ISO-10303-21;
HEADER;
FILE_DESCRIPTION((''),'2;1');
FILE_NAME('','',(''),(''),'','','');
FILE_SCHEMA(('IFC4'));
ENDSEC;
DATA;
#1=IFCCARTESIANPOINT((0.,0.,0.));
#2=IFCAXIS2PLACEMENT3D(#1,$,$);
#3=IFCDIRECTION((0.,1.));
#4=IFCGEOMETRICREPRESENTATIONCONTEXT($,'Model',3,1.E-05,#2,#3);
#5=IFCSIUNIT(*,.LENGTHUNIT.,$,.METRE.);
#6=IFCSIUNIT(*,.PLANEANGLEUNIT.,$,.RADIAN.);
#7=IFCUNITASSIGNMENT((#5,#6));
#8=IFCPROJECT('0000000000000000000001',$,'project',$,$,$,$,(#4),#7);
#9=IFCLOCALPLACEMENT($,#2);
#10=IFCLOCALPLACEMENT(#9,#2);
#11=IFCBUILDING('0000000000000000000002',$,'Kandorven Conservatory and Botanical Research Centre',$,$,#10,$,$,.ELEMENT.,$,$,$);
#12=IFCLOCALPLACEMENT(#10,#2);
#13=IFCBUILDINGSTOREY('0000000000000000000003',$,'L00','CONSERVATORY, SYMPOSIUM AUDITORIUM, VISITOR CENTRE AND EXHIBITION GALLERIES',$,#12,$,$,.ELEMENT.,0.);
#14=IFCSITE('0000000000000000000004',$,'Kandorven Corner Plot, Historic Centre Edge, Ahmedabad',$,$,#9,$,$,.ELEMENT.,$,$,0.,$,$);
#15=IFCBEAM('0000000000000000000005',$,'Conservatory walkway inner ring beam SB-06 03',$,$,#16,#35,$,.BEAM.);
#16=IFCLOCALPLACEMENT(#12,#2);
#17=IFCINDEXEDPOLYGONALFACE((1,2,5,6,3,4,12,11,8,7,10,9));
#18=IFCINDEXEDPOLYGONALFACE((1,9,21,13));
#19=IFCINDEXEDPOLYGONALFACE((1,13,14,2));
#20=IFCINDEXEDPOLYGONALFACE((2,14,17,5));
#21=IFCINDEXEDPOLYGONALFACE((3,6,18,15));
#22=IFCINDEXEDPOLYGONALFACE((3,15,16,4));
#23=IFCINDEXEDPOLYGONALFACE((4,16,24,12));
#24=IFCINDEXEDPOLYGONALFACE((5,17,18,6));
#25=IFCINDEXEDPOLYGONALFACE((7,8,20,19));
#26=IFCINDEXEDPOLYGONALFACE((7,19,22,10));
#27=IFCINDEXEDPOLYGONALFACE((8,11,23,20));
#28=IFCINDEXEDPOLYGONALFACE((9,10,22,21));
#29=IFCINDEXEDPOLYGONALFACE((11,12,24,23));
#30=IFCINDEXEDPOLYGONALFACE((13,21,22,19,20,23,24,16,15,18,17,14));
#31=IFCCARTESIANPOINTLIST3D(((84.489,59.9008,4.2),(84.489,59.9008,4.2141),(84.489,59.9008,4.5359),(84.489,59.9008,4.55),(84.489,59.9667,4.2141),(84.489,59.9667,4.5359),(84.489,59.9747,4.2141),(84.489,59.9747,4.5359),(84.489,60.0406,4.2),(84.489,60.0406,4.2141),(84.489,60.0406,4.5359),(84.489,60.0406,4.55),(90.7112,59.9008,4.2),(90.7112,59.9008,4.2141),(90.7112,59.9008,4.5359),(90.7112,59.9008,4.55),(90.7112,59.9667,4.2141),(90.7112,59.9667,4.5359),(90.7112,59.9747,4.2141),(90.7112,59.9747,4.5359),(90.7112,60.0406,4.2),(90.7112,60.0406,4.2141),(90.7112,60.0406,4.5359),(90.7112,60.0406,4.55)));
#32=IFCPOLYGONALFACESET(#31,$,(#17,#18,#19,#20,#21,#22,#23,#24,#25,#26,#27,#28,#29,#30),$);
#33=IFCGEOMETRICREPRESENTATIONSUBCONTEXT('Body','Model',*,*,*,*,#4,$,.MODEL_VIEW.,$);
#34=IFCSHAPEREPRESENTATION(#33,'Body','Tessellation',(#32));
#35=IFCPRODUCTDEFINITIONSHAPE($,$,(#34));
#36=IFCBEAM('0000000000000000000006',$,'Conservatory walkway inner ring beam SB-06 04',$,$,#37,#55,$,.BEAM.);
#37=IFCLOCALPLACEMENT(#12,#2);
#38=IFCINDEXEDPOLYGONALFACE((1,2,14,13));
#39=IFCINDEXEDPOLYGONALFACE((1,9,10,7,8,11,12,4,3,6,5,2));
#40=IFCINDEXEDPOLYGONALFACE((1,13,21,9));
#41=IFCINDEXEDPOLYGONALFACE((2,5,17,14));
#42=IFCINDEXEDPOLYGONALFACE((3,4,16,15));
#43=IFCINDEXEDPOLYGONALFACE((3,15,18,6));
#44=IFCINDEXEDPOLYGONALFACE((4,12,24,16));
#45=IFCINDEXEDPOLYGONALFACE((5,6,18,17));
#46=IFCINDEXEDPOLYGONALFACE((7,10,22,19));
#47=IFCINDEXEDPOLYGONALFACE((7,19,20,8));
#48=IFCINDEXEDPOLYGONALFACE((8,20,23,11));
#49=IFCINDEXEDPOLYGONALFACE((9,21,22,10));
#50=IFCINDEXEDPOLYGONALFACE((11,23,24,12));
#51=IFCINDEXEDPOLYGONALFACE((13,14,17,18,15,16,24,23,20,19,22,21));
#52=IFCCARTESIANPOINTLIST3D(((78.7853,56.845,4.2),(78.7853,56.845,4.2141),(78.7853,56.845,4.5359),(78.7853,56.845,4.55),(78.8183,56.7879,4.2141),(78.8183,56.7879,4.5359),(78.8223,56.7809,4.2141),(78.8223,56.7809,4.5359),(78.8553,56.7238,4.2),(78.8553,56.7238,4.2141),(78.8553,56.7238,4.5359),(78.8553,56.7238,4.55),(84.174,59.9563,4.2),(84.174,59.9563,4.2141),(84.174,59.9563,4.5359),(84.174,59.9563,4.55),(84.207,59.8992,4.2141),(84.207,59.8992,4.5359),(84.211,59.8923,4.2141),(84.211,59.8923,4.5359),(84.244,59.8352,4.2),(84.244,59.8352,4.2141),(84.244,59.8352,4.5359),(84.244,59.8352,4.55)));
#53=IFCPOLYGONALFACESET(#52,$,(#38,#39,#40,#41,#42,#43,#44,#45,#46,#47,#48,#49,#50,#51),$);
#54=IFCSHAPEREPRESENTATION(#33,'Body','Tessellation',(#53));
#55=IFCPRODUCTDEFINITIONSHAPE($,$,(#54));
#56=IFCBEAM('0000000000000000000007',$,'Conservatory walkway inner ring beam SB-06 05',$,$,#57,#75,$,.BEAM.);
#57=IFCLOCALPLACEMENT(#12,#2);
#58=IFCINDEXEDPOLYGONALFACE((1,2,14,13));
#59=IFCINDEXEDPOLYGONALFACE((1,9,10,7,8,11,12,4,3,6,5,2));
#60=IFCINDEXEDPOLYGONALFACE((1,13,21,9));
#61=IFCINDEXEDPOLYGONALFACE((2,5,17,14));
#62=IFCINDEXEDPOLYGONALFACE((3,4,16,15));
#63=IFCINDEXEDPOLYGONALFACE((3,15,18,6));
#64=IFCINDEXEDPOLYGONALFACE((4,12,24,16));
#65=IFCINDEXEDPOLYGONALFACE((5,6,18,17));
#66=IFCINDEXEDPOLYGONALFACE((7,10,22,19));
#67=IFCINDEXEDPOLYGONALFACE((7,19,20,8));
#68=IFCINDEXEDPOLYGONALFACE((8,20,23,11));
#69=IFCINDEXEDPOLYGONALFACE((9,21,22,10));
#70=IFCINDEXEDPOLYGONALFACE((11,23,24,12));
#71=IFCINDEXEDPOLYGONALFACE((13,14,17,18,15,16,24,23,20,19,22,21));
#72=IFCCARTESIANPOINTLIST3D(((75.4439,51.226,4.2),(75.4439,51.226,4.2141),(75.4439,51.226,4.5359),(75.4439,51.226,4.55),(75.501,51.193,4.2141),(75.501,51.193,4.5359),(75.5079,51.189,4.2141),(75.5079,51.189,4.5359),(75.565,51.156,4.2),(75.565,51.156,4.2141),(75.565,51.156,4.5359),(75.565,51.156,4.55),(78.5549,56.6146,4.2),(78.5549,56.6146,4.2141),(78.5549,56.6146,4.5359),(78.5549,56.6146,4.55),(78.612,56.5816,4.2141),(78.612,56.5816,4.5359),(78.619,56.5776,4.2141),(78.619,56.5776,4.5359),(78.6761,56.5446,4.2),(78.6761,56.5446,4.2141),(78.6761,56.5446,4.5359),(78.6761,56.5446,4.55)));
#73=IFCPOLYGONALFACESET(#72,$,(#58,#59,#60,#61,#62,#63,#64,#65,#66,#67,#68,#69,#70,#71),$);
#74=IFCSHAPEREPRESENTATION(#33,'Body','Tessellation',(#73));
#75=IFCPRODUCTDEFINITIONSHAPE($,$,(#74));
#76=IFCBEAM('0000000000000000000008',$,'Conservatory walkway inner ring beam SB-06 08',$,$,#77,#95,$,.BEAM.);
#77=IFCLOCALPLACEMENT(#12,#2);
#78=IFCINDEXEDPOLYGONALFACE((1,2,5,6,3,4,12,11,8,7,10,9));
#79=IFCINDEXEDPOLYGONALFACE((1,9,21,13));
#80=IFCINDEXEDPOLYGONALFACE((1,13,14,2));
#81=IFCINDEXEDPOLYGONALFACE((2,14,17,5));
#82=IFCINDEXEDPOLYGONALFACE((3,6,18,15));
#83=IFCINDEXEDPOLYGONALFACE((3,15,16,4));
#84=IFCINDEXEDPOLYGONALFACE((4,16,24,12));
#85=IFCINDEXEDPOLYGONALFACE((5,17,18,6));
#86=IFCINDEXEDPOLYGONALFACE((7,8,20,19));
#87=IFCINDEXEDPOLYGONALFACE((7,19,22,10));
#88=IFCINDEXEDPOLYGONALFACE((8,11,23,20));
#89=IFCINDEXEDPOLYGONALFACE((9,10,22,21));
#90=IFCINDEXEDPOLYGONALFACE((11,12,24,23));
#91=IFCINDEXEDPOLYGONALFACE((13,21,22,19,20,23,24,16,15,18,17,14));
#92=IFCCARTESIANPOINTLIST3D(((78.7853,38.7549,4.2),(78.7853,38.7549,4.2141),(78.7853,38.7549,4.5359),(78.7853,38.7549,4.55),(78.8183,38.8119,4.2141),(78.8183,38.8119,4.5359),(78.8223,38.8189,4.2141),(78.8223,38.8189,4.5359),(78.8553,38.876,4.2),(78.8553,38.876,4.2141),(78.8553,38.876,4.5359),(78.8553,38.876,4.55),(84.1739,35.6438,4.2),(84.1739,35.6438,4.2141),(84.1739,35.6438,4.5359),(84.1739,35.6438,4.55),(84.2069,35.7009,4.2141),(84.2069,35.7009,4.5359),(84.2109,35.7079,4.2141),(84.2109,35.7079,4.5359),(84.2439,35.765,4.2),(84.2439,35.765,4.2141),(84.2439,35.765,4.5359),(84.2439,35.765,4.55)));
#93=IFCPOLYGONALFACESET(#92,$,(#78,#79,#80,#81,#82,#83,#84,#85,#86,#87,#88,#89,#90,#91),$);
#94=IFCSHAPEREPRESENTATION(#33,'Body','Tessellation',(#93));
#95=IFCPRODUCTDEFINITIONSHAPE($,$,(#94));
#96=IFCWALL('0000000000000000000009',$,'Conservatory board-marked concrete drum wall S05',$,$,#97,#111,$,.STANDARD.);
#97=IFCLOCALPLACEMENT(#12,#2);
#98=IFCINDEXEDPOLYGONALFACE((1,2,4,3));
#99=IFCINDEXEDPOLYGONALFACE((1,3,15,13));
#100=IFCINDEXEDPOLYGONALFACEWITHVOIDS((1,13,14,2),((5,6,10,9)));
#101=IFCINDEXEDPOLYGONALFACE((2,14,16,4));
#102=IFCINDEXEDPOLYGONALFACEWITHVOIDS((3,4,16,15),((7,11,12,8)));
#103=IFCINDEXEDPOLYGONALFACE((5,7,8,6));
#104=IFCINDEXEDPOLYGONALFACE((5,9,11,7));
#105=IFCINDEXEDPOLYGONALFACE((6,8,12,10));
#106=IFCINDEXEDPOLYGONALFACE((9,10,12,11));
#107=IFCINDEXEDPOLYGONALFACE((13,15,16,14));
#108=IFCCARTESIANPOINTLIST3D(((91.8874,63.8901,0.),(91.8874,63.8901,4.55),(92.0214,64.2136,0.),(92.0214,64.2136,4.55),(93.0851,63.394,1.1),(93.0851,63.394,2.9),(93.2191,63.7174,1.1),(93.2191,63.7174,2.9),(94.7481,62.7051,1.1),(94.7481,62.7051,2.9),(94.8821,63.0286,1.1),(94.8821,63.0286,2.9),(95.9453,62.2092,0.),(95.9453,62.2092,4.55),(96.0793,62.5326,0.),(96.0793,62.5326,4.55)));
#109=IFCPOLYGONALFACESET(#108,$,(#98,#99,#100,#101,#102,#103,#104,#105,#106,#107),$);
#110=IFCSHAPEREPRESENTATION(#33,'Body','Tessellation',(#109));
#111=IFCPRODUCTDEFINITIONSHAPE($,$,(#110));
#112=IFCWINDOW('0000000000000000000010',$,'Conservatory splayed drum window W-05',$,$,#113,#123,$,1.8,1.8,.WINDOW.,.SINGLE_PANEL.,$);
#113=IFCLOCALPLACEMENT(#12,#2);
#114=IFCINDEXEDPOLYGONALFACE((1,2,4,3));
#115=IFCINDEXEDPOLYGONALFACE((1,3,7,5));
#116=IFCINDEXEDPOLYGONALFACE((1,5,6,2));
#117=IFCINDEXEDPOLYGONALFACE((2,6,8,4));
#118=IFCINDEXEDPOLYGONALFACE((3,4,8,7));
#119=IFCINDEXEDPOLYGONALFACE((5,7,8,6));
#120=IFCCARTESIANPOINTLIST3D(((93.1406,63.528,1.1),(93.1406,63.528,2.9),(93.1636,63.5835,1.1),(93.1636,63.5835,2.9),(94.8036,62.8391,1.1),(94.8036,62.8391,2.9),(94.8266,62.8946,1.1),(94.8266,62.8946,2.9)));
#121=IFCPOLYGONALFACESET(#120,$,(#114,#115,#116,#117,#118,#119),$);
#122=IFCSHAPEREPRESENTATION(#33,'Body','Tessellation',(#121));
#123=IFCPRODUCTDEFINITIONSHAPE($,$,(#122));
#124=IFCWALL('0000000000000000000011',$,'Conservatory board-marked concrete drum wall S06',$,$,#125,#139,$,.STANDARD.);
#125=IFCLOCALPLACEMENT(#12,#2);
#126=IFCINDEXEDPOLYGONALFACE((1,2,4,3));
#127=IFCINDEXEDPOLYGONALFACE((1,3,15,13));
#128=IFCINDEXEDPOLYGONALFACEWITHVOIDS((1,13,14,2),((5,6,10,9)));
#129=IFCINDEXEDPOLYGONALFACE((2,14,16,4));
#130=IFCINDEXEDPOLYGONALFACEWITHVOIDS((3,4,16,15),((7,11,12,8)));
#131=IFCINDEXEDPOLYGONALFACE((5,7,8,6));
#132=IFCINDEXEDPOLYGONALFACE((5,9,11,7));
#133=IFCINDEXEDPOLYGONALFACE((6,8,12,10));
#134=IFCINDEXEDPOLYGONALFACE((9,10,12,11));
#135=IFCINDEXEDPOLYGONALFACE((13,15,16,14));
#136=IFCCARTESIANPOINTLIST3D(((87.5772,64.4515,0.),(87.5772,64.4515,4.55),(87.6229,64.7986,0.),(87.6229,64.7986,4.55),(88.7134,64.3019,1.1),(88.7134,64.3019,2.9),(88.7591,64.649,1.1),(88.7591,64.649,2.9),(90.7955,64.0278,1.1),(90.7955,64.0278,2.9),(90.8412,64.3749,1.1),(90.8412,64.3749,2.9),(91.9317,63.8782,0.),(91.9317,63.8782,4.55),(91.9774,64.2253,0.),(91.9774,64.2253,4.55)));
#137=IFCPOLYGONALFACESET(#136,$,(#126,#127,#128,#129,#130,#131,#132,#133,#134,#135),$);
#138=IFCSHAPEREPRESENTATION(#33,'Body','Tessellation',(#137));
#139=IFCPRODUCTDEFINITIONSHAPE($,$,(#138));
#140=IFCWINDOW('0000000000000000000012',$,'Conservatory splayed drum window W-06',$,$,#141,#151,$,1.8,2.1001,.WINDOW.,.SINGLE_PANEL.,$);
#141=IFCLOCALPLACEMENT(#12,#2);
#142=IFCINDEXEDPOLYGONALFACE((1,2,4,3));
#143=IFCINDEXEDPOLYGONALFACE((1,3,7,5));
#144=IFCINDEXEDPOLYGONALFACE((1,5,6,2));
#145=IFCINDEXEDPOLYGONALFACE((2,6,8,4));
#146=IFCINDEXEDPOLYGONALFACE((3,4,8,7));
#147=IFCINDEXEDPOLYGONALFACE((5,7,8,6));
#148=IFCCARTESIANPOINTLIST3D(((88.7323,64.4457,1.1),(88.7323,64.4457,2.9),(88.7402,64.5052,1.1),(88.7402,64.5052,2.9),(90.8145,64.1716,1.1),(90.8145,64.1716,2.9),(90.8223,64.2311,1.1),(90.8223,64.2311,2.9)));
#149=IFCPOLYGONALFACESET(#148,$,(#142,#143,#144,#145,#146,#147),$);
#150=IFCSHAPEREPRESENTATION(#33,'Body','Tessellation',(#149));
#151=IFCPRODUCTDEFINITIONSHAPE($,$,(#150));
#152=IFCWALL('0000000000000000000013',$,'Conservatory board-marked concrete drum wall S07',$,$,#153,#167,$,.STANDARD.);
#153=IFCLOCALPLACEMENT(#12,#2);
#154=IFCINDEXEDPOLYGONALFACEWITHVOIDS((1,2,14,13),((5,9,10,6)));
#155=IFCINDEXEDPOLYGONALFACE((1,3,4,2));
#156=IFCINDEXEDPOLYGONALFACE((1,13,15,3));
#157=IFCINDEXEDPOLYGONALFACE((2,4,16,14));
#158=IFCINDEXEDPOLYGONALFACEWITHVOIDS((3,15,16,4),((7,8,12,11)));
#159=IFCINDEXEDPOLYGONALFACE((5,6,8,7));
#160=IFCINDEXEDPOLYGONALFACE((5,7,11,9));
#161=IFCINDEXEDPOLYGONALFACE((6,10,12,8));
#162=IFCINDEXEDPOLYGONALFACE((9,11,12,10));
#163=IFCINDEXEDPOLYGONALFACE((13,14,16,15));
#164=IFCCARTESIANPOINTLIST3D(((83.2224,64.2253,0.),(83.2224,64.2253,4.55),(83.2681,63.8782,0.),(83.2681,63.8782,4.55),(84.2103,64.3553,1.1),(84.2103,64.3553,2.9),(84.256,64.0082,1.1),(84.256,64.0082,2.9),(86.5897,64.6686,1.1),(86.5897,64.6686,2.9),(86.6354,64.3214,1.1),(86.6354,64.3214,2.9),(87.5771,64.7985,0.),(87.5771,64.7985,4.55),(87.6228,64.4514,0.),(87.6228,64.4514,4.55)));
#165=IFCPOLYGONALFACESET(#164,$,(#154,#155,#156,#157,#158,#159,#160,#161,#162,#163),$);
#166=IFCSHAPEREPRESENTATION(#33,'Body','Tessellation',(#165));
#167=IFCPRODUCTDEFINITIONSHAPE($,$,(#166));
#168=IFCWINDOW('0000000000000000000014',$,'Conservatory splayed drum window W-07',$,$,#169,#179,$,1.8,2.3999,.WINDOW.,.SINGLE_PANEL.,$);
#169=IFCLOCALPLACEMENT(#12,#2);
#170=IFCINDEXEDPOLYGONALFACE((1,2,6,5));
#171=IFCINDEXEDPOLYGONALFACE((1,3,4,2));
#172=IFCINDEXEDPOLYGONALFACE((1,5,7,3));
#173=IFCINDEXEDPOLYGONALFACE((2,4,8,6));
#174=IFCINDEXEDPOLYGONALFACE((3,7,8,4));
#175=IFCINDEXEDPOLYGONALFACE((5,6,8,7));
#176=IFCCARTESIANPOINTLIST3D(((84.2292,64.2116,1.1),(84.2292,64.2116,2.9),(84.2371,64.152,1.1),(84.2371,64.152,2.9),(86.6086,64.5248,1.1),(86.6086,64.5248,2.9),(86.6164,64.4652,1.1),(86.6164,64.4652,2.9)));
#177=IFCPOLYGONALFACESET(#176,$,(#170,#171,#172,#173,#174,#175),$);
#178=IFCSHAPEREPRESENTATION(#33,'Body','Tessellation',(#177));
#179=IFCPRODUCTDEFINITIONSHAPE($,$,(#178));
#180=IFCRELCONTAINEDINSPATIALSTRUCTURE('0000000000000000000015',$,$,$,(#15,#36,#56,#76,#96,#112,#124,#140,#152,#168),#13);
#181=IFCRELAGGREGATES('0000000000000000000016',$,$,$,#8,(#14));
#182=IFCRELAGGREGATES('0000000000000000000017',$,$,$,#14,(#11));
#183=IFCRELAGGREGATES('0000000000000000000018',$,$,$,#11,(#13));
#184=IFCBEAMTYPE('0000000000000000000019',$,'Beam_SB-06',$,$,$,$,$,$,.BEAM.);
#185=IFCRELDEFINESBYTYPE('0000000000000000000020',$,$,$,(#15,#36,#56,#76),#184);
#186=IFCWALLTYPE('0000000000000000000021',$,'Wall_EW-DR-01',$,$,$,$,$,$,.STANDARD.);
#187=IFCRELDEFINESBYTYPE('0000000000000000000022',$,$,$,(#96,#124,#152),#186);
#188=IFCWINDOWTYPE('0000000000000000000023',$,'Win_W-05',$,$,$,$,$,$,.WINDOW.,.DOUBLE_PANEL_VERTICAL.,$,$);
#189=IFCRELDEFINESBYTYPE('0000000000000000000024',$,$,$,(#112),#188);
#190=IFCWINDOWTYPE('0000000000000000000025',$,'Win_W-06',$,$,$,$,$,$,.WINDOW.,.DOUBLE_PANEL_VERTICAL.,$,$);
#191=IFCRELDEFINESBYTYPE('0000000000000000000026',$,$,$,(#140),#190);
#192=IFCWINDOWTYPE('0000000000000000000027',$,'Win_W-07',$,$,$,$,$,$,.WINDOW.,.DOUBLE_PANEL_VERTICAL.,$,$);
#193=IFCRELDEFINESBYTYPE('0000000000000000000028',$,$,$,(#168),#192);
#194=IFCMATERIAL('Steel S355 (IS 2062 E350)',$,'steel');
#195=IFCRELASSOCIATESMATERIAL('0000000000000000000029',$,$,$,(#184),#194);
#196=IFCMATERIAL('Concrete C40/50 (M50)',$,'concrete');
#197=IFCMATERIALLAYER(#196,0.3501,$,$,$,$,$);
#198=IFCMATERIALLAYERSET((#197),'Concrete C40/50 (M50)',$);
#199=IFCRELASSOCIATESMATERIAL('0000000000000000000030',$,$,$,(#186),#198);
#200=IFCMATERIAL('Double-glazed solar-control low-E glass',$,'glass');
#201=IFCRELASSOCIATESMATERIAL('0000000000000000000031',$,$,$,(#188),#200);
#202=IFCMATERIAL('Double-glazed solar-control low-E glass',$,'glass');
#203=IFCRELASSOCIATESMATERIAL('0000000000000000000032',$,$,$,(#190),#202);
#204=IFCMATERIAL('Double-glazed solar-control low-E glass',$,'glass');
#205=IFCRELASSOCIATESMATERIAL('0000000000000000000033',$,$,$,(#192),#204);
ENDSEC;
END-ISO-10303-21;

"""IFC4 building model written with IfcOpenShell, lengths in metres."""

from ifc_helpers import new_model, si_unit, direction, frame, frame_2d, origin, origin_2d, place, context, subcontext, project, spatial, rectangle, i_section, extrude, material, layer, layer_set, material_profile, profile_set, type_object, element, fill, save


model = new_model("IFC4")

# Units and contexts
model_context = context("Model", 3, precision=1e-05, world=origin(), true_north=direction((0.0, 1.0)))
body_context = subcontext(model_context, "Body", "Model", "MODEL_VIEW")
ifc_project = project(units=[si_unit("LENGTHUNIT", "METRE"), si_unit("PLANEANGLEUNIT", "RADIAN")], contexts=[model_context])

# Site, building, storey
site_placement = place(None, origin())
site = spatial("IfcSite", under=ifc_project, at=site_placement, Name="Kandorven Corner Plot, Historic Centre Edge, Ahmedabad", CompositionType="ELEMENT", RefElevation=0.0)
building_placement = place(site_placement, origin())
building = spatial("IfcBuilding", under=site, at=building_placement, Name="Kandorven Conservatory and Botanical Research Centre", CompositionType="ELEMENT")
storey_placement = place(building_placement, origin())
storey = spatial("IfcBuildingStorey", under=building, at=storey_placement, Name="L00", Description="CONSERVATORY, SYMPOSIUM AUDITORIUM, VISITOR CENTRE AND EXHIBITION GALLERIES", CompositionType="ELEMENT", Elevation=0.0)

# Beams
ifc_material_1 = material(Name="Steel S355 (IS 2062 E350)", Category="steel")
ifc_material_profile_1 = material_profile(ifc_material_1, i_section(OverallWidth=0.1399, OverallDepth=0.3501, WebThickness=0.0081, FlangeThickness=0.0142, at=origin_2d()))
ifc_profile_set_1 = profile_set([ifc_material_profile_1], Name="Steel S355 (IS 2062 E350)")
beam_type_1 = type_object("IfcBeamType", Name="Beam_SB-06", PredefinedType="BEAM", material=ifc_profile_set_1)
beam_1_placement = place(storey_placement, frame((90.7112, 59.9707, 4.375), z_axis=(-1.0, 0.0, 0.0), x_axis=(0.0, -1.0, 0.0)))
element("IfcBeam", 1, at=beam_1_placement, inside=storey, type_object=beam_type_1, Name="Conservatory walkway inner ring beam SB-06 03", PredefinedType="BEAM", context=body_context, shape_type="SweptSolid", body=[
    extrude(i_section(OverallWidth=0.1399, OverallDepth=0.3501, WebThickness=0.0081, FlangeThickness=0.0142, at=origin_2d()), origin(), (0.0, 0.0, 1.0), 6.2222),
])
beam_2_placement = place(storey_placement, frame((84.209, 59.8958, 4.375), z_axis=(-0.866013, -0.500021, 0.0), x_axis=(0.500021, -0.866013, 0.0)))
element("IfcBeam", 2, at=beam_2_placement, inside=storey, type_object=beam_type_1, Name="Conservatory walkway inner ring beam SB-06 04", PredefinedType="BEAM", context=body_context, shape_type="SweptSolid", body=[
    extrude(i_section(OverallWidth=0.1399, OverallDepth=0.3501, WebThickness=0.0081, FlangeThickness=0.0142, at=origin_2d()), origin(), (0.0, 0.0, 1.0), 6.2224),
])
for number, where, z_axis, x_axis, name in (
    (3, (78.6155, 56.5796, 4.375), (-0.499992, -0.86603, 0.0), (0.86603, -0.499992, 0.0), "Conservatory walkway inner ring beam SB-06 05"),
    (4, (78.8203, 38.8154, 4.375), (0.86603, -0.499992, 0.0), (0.499992, 0.86603, 0.0), "Conservatory walkway inner ring beam SB-06 08"),
):
    element("IfcBeam", number, at=place(storey_placement, frame(where, z_axis=z_axis, x_axis=x_axis)), inside=storey, type_object=beam_type_1, Name=name, PredefinedType="BEAM", context=body_context, shape_type="SweptSolid", body=[
        extrude(i_section(OverallWidth=0.1399, OverallDepth=0.3501, WebThickness=0.0081, FlangeThickness=0.0142, at=origin_2d()), origin(), (0.0, 0.0, 1.0), 6.2222),
    ])

# Walls, openings, windows
ifc_material_2 = material(Name="Concrete C40/50 (M50)", Category="concrete")
ifc_layer = layer(ifc_material_2, 0.3501)
ifc_layer_set = layer_set([ifc_layer], Name="Concrete C40/50 (M50)")
wall_type = type_object("IfcWallType", Name="Wall_EW-DR-01", PredefinedType="STANDARD", material=ifc_layer_set)
wall_1_placement = place(storey_placement, frame((96.0125, 62.3708, 0.0), z_axis=(0.0, 0.0, 1.0), x_axis=(-0.923873, 0.3827, 0.0)))
wall_1 = element("IfcWall", 5, at=wall_1_placement, inside=storey, type_object=wall_type, Name="Conservatory board-marked concrete drum wall S05", PredefinedType="STANDARD", context=body_context, shape_type="SweptSolid", body=[
    extrude(rectangle(XDim=4.3923, YDim=0.3501, at=frame_2d((2.1963, 0.0))), origin(), (0.0, 0.0, 1.0), 4.55),
])
opening_1_placement = place(wall_1_placement, frame((1.2961, 0.0, 1.1001)))
opening_1 = element("IfcOpeningElement", 6, at=opening_1_placement, cuts=wall_1, PredefinedType="OPENING", context=body_context, shape_type="SweptSolid", body=[
    extrude(rectangle(XDim=1.8, YDim=1.8, at=frame_2d((0.8999, 0.8999))), frame((0.0, 0.1851, 0.0), z_axis=(0.0, -1.0, 0.0), x_axis=(1.0, 0.0, 0.0)), (0.0, 0.0, 1.0), 0.3701),
])
ifc_material_3 = material(Name="Double-glazed solar-control low-E glass", Category="glass")
window_type_1 = type_object("IfcWindowType", Name="Win_W-05", PartitioningType="DOUBLE_PANEL_VERTICAL", PredefinedType="WINDOW", material=ifc_material_3)
window_1_placement = place(opening_1_placement, origin())
window_1 = element("IfcWindow", 7, at=window_1_placement, inside=storey, type_object=window_type_1, Name="Conservatory splayed drum window W-05", OverallHeight=1.8, OverallWidth=1.8, PartitioningType="SINGLE_PANEL", PredefinedType="WINDOW", context=body_context, shape_type="SweptSolid", body=[
    extrude(rectangle(XDim=1.8, YDim=1.8, at=frame_2d((0.8999, 0.8999))), frame((0.0, 0.03, 0.0), z_axis=(0.0, -1.0, 0.0), x_axis=(1.0, 0.0, 0.0)), (0.0, 0.0, 1.0), 0.0601),
])
fill(opening_1, window_1)
wall_2_placement = place(storey_placement, frame((91.9546, 64.0518, 0.0), z_axis=(0.0, 0.0, 1.0), x_axis=(-0.991446, 0.130518, 0.0)))
wall_2 = element("IfcWall", 8, at=wall_2_placement, inside=storey, type_object=wall_type, Name="Conservatory board-marked concrete drum wall S06", PredefinedType="STANDARD", context=body_context, shape_type="SweptSolid", body=[
    extrude(rectangle(XDim=4.3921, YDim=0.3501, at=frame_2d((2.196, 0.0))), origin(), (0.0, 0.0, 1.0), 4.55),
])
opening_2_placement = place(wall_2_placement, frame((1.146, 0.0, 1.1001)))
opening_2 = element("IfcOpeningElement", 9, at=opening_2_placement, cuts=wall_2, PredefinedType="OPENING", context=body_context, shape_type="SweptSolid", body=[
    extrude(rectangle(XDim=2.1001, YDim=1.8, at=frame_2d((1.05, 0.8999))), frame((0.0, 0.1851, 0.0), z_axis=(0.0, -1.0, 0.0), x_axis=(1.0, 0.0, 0.0)), (0.0, 0.0, 1.0), 0.3701),
])
ifc_material_4 = material(Name="Double-glazed solar-control low-E glass", Category="glass")
window_type_2 = type_object("IfcWindowType", Name="Win_W-06", PartitioningType="DOUBLE_PANEL_VERTICAL", PredefinedType="WINDOW", material=ifc_material_4)
window_2_placement = place(opening_2_placement, origin())
window_2 = element("IfcWindow", 10, at=window_2_placement, inside=storey, type_object=window_type_2, Name="Conservatory splayed drum window W-06", OverallHeight=1.8, OverallWidth=2.1001, PartitioningType="SINGLE_PANEL", PredefinedType="WINDOW", context=body_context, shape_type="SweptSolid", body=[
    extrude(rectangle(XDim=2.1001, YDim=1.8, at=frame_2d((1.05, 0.8999))), frame((0.0, 0.03, 0.0), z_axis=(0.0, -1.0, 0.0), x_axis=(1.0, 0.0, 0.0)), (0.0, 0.0, 1.0), 0.0601),
])
fill(opening_2, window_2)
wall_3_placement = place(storey_placement, frame((87.6001, 64.625, 0.0), z_axis=(0.0, 0.0, 1.0), x_axis=(-0.991447, -0.130511, 0.0)))
wall_3 = element("IfcWall", 11, at=wall_3_placement, inside=storey, type_object=wall_type, Name="Conservatory board-marked concrete drum wall S07", PredefinedType="STANDARD", context=body_context, shape_type="SweptSolid", body=[
    extrude(rectangle(XDim=4.3923, YDim=0.3501, at=frame_2d((2.1963, 0.0))), origin(), (0.0, 0.0, 1.0), 4.55),
])
opening_3_placement = place(wall_3_placement, frame((0.9961, 0.0, 1.1001)))
opening_3 = element("IfcOpeningElement", 12, at=opening_3_placement, cuts=wall_3, PredefinedType="OPENING", context=body_context, shape_type="SweptSolid", body=[
    extrude(rectangle(XDim=2.3999, YDim=1.8, at=frame_2d((1.2, 0.8999))), frame((0.0, 0.1851, 0.0), z_axis=(0.0, -1.0, 0.0), x_axis=(1.0, 0.0, 0.0)), (0.0, 0.0, 1.0), 0.3701),
])
ifc_material_5 = material(Name="Double-glazed solar-control low-E glass", Category="glass")
window_type_3 = type_object("IfcWindowType", Name="Win_W-07", PartitioningType="DOUBLE_PANEL_VERTICAL", PredefinedType="WINDOW", material=ifc_material_5)
window_3_placement = place(opening_3_placement, origin())
window_3 = element("IfcWindow", 13, at=window_3_placement, inside=storey, type_object=window_type_3, Name="Conservatory splayed drum window W-07", OverallHeight=1.8, OverallWidth=2.3999, PartitioningType="SINGLE_PANEL", PredefinedType="WINDOW", context=body_context, shape_type="SweptSolid", body=[
    extrude(rectangle(XDim=2.3999, YDim=1.8, at=frame_2d((1.2, 0.8999))), frame((0.0, 0.03, 0.0), z_axis=(0.0, -1.0, 0.0), x_axis=(1.0, 0.0, 0.0)), (0.0, 0.0, 1.0), 0.0601),
])
fill(opening_3, window_3)

save(model, "model.ifc")
